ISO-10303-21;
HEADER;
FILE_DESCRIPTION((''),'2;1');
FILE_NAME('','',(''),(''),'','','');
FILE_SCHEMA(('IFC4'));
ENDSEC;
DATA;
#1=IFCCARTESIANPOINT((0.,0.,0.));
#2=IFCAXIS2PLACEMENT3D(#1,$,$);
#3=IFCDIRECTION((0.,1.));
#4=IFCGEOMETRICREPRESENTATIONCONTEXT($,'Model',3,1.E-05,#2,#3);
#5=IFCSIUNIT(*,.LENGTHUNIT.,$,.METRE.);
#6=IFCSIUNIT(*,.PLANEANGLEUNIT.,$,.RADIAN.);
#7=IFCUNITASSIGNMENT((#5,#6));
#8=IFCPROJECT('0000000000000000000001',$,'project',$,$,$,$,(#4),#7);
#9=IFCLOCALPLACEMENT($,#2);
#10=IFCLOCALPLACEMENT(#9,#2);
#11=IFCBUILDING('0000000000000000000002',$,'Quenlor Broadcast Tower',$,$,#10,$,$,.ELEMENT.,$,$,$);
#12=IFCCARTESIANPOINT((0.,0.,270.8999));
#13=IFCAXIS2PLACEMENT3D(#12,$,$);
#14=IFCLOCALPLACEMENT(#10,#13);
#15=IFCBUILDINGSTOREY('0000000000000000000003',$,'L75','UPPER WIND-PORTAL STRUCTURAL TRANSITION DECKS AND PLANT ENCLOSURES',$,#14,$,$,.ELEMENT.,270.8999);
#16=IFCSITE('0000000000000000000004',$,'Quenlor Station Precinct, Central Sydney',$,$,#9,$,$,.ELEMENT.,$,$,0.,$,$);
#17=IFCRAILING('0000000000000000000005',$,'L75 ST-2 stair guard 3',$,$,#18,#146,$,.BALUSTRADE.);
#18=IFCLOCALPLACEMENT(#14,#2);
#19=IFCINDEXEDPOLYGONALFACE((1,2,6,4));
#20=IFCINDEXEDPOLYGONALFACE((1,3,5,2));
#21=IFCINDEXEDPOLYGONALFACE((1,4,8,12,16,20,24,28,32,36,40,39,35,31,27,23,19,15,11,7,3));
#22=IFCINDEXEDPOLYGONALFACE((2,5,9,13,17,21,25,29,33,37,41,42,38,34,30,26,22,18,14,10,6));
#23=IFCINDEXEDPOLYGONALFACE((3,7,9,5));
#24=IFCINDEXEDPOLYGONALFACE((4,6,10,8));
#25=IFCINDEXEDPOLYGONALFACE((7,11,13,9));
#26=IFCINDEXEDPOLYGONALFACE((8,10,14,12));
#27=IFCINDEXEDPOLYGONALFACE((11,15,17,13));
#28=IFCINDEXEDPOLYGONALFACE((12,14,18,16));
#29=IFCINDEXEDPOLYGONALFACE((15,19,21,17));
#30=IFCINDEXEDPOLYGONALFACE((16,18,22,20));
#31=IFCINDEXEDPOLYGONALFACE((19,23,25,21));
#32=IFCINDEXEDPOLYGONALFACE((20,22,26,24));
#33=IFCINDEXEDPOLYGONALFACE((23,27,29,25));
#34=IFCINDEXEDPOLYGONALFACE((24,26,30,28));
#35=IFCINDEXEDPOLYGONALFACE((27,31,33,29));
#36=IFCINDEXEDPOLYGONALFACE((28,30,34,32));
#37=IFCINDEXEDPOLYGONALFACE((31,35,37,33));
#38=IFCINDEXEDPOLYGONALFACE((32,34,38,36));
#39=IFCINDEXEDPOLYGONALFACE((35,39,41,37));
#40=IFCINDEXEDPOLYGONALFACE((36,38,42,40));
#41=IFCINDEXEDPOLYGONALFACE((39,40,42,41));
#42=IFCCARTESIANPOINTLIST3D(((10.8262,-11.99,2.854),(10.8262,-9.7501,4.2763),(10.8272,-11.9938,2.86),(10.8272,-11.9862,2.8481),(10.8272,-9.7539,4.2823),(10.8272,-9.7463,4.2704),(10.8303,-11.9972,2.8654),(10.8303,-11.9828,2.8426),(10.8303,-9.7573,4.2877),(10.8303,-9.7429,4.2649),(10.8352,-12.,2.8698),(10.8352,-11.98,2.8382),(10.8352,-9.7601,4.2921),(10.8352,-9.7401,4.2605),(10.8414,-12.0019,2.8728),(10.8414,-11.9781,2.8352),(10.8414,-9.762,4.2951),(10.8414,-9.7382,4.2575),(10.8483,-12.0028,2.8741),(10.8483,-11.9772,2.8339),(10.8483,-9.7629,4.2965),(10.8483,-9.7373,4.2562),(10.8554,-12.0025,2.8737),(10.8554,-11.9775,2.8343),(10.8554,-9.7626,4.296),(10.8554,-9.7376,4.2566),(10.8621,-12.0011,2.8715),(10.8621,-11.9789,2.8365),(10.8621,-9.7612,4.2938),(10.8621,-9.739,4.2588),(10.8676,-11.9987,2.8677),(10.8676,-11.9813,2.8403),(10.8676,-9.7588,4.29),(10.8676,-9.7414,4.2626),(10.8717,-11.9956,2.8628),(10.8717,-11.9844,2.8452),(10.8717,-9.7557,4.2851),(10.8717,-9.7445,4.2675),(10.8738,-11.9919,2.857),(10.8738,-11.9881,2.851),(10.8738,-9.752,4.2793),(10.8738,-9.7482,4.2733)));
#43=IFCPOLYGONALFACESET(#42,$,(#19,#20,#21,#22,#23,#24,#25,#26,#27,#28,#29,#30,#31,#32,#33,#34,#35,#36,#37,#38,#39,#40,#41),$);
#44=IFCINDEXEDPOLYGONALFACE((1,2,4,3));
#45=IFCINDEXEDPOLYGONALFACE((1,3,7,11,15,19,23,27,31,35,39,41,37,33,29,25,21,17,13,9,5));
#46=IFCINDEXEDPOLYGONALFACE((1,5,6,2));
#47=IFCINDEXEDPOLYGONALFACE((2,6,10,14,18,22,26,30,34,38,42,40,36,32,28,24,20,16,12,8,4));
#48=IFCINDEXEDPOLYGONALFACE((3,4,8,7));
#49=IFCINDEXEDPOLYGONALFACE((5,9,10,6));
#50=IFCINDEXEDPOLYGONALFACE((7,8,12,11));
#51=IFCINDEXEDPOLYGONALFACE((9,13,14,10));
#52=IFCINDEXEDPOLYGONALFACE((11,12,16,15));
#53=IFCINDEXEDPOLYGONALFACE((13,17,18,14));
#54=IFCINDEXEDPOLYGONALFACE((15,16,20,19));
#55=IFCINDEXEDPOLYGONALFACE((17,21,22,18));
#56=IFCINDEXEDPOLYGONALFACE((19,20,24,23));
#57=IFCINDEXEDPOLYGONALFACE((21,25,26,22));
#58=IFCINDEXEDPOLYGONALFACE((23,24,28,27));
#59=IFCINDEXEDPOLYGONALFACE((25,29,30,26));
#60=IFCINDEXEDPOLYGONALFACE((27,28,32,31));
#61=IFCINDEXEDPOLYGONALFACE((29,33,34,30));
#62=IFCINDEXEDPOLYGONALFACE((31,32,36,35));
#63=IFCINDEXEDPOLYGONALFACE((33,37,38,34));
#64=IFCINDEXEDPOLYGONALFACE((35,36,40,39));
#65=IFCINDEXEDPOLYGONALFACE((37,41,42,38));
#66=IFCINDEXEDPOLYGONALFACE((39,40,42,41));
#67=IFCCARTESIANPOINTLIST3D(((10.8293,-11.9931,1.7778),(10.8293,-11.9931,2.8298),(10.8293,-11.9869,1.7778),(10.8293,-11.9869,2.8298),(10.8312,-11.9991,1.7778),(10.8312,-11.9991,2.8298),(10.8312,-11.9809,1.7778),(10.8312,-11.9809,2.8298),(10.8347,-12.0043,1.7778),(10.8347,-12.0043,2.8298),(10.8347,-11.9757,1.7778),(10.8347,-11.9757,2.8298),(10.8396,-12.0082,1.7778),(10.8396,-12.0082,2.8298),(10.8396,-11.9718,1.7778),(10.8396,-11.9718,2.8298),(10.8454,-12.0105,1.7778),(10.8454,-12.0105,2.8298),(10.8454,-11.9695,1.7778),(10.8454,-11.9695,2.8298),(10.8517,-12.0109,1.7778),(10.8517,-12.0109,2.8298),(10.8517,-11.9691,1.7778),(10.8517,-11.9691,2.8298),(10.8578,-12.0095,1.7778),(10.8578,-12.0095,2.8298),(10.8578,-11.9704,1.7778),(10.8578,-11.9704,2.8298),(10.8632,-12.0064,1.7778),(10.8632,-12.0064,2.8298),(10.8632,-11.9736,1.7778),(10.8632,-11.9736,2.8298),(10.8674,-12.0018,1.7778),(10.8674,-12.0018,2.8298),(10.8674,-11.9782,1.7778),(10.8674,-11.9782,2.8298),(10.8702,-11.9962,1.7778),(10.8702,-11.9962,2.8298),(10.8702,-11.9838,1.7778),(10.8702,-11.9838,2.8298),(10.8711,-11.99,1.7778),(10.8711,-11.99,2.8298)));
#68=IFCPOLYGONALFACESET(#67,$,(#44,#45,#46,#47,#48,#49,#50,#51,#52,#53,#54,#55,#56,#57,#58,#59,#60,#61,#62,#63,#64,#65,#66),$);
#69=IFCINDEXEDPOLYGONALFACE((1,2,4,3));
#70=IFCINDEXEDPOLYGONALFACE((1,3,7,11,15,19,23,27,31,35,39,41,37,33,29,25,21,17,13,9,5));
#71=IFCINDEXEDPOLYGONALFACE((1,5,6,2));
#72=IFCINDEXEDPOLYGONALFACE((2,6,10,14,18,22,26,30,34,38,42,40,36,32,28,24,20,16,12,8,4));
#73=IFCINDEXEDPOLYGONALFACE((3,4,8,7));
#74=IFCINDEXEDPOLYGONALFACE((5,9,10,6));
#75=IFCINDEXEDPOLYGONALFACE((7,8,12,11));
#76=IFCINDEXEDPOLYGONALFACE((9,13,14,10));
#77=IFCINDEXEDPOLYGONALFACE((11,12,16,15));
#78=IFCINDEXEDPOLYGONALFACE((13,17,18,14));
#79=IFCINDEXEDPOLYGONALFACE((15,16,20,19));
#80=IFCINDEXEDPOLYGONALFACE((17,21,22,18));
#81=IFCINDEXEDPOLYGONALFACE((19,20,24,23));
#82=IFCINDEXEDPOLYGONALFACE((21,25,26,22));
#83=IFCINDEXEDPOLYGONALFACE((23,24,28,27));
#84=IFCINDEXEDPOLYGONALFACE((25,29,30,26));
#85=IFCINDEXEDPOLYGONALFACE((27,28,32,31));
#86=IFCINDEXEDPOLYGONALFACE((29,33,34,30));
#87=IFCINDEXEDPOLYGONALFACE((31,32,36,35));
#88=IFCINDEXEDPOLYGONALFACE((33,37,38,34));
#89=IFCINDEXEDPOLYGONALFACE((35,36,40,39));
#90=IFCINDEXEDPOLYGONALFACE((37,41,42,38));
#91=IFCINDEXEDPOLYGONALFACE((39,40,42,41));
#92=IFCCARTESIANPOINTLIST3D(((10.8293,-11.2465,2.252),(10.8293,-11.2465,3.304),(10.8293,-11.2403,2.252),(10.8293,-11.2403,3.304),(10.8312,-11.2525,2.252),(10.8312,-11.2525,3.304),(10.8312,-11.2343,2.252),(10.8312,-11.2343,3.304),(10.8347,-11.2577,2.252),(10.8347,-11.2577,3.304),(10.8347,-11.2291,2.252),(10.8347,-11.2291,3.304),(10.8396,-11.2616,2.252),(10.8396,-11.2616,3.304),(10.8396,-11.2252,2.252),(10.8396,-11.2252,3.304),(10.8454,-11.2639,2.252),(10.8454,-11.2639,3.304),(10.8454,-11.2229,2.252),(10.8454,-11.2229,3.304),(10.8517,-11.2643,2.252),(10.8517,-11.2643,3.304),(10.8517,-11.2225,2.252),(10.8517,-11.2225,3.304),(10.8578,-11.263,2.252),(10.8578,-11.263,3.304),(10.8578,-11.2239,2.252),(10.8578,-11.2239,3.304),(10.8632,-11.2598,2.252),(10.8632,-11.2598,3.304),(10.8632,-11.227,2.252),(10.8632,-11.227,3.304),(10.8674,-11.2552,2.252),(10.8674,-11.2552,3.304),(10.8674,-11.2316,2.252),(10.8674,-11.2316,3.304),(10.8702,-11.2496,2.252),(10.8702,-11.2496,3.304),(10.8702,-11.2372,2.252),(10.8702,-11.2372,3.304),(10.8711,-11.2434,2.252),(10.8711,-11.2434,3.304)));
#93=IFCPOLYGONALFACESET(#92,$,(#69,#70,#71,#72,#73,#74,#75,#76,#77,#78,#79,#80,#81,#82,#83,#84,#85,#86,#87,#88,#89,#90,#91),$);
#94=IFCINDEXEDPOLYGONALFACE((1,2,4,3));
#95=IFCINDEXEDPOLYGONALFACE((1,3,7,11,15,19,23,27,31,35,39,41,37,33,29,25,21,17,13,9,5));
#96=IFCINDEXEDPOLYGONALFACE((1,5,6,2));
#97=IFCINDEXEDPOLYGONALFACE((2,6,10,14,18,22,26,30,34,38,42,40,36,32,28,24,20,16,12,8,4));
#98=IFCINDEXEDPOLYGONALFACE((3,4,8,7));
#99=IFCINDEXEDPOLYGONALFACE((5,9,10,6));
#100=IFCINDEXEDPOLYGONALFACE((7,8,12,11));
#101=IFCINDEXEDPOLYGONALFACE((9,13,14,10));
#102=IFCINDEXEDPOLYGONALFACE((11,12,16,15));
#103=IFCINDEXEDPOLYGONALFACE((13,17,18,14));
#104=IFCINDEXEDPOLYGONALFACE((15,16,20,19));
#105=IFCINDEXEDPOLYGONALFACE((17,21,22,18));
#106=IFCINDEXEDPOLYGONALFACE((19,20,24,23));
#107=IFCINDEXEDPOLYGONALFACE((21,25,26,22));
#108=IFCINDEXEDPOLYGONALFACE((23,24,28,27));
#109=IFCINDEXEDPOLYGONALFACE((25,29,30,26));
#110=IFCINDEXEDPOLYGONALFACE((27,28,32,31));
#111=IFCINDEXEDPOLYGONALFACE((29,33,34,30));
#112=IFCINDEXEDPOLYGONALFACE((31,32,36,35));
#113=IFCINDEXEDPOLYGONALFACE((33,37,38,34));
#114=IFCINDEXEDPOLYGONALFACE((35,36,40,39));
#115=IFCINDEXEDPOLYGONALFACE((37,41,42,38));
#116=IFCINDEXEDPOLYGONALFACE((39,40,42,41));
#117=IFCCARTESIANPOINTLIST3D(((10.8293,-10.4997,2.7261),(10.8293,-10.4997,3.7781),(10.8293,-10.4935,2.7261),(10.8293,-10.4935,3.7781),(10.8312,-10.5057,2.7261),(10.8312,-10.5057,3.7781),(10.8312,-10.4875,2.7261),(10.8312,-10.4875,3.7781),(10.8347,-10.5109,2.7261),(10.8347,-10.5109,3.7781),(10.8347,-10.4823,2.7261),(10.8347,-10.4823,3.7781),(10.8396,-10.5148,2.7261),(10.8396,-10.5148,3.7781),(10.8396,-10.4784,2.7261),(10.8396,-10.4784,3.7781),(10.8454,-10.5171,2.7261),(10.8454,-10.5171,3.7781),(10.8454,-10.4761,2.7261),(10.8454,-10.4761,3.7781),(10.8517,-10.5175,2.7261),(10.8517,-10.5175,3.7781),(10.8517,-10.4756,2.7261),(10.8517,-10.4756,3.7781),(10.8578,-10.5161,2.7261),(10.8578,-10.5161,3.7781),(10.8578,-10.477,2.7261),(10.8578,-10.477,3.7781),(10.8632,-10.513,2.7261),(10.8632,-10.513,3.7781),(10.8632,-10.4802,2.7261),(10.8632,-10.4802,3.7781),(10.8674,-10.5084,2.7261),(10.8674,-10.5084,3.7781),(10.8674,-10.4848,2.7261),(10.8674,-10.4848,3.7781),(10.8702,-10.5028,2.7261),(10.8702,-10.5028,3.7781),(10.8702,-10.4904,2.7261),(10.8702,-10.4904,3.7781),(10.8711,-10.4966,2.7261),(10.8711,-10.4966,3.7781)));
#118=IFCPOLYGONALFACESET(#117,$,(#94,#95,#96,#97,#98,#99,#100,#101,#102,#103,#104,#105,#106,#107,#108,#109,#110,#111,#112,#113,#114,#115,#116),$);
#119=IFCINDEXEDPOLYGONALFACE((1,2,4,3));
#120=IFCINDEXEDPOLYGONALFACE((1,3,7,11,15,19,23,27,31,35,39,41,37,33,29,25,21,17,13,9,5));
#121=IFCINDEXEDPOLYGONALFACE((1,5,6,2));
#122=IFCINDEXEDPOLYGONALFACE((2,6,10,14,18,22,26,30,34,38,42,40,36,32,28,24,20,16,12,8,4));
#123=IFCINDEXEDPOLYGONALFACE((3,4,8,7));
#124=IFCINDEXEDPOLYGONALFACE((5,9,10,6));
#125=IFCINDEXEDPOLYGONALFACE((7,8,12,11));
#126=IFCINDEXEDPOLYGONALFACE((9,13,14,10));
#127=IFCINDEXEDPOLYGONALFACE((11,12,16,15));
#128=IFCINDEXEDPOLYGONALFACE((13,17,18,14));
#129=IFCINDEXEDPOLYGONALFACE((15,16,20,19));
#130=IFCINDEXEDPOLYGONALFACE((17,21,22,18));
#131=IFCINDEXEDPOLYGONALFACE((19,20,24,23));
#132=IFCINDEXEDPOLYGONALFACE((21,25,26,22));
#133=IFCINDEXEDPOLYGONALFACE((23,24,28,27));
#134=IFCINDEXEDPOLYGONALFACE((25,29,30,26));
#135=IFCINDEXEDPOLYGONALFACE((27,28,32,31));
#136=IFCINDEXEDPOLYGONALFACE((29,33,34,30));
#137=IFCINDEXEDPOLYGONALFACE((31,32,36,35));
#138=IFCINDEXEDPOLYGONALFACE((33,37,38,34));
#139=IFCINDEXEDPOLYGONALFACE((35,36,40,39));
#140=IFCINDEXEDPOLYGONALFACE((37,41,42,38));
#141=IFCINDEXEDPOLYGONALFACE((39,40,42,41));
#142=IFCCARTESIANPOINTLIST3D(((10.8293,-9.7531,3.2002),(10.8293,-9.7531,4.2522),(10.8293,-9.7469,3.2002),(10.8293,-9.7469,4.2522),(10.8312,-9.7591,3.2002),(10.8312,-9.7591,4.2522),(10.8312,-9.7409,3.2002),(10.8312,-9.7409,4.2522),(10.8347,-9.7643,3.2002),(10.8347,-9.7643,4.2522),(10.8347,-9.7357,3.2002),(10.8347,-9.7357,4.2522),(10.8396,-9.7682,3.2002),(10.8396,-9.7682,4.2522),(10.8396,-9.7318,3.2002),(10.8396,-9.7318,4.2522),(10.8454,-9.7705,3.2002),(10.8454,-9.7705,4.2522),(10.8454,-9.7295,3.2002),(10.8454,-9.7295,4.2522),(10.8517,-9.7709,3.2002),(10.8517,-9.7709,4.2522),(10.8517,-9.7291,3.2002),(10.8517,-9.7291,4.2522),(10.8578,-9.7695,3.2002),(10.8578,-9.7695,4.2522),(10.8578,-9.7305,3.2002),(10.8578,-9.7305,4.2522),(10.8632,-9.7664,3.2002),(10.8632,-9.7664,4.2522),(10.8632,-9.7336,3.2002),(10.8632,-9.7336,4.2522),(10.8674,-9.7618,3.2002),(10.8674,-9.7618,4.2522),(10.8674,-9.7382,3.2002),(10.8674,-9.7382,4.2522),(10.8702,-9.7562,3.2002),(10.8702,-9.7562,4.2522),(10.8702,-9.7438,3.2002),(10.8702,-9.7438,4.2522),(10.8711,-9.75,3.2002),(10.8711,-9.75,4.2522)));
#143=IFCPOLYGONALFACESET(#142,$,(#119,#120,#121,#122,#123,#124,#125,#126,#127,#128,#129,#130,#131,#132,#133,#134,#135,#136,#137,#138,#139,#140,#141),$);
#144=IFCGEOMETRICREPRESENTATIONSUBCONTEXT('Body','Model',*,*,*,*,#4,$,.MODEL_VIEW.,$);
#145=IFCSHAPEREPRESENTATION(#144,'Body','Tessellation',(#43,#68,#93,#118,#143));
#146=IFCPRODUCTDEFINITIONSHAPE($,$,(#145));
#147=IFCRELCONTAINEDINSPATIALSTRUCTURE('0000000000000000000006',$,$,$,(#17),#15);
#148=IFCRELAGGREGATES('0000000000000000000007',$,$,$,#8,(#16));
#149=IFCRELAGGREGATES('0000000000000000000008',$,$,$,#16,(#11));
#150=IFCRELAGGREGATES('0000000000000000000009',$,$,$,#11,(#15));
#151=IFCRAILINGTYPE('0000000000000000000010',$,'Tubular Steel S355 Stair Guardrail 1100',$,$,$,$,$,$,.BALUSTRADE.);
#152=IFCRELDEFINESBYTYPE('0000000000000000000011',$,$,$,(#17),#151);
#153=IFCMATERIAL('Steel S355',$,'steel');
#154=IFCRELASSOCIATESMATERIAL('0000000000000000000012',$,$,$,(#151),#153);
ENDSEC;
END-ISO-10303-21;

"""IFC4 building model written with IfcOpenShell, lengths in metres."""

from ifc_helpers import new_model, si_unit, direction, frame, origin, origin_2d, place, context, subcontext, project, spatial, circle, extrude, material, type_object, element, save


model = new_model("IFC4")

# Units and contexts
model_context = context("Model", 3, precision=1e-05, world=origin(), true_north=direction((0.0, 1.0)))
body_context = subcontext(model_context, "Body", "Model", "MODEL_VIEW")
ifc_project = project(units=[si_unit("LENGTHUNIT", "METRE"), si_unit("PLANEANGLEUNIT", "RADIAN")], contexts=[model_context])

# Site, building, storey
site_placement = place(None, origin())
site = spatial("IfcSite", under=ifc_project, at=site_placement, Name="Quenlor Station Precinct, Central Sydney", CompositionType="ELEMENT", RefElevation=0.0)
building_placement = place(site_placement, origin())
building = spatial("IfcBuilding", under=site, at=building_placement, Name="Quenlor Broadcast Tower", CompositionType="ELEMENT")
storey_placement = place(building_placement, frame((0.0, 0.0, 270.8999)))
storey = spatial("IfcBuildingStorey", under=building, at=storey_placement, Name="L75", Description="UPPER WIND-PORTAL STRUCTURAL TRANSITION DECKS AND PLANT ENCLOSURES", CompositionType="ELEMENT", Elevation=270.8999)

# Railing
ifc_material_1 = material(Name="Steel S355", Category="steel")
railing_type_1 = type_object("IfcRailingType", Name="Tubular Steel S355 Stair Guardrail 1100", PredefinedType="BALUSTRADE", material=ifc_material_1)
railing_1_placement = place(storey_placement, frame((10.8501, -11.99, 1.7778)))
element("IfcRailing", 1, at=railing_1_placement, inside=storey, type_object=railing_type_1, Name="L75 ST-2 stair guard 3", PredefinedType="BALUSTRADE", context=body_context, shape_type="SweptSolid", body=[
    extrude(circle(Radius=0.0239, at=origin_2d()), frame((0.0, 0.0, 1.0762), z_axis=(0.0, 0.844188, 0.536048), x_axis=(-1.0, 0.0, 0.0)), (0.0, 0.0, 1.0), 2.6533),
    extrude(circle(Radius=0.021, at=origin_2d()), origin(), (0.0, 0.0, 1.0), 1.052),
    extrude(circle(Radius=0.021, at=origin_2d()), frame((0.0, 0.7466, 0.4741)), (0.0, 0.0, 1.0), 1.052),
    extrude(circle(Radius=0.021, at=origin_2d()), frame((0.0, 1.4934, 0.9482)), (0.0, 0.0, 1.0), 1.052),
    extrude(circle(Radius=0.021, at=origin_2d()), frame((0.0, 2.24, 1.4224)), (0.0, 0.0, 1.0), 1.052),
])

save(model, "model.ifc")
